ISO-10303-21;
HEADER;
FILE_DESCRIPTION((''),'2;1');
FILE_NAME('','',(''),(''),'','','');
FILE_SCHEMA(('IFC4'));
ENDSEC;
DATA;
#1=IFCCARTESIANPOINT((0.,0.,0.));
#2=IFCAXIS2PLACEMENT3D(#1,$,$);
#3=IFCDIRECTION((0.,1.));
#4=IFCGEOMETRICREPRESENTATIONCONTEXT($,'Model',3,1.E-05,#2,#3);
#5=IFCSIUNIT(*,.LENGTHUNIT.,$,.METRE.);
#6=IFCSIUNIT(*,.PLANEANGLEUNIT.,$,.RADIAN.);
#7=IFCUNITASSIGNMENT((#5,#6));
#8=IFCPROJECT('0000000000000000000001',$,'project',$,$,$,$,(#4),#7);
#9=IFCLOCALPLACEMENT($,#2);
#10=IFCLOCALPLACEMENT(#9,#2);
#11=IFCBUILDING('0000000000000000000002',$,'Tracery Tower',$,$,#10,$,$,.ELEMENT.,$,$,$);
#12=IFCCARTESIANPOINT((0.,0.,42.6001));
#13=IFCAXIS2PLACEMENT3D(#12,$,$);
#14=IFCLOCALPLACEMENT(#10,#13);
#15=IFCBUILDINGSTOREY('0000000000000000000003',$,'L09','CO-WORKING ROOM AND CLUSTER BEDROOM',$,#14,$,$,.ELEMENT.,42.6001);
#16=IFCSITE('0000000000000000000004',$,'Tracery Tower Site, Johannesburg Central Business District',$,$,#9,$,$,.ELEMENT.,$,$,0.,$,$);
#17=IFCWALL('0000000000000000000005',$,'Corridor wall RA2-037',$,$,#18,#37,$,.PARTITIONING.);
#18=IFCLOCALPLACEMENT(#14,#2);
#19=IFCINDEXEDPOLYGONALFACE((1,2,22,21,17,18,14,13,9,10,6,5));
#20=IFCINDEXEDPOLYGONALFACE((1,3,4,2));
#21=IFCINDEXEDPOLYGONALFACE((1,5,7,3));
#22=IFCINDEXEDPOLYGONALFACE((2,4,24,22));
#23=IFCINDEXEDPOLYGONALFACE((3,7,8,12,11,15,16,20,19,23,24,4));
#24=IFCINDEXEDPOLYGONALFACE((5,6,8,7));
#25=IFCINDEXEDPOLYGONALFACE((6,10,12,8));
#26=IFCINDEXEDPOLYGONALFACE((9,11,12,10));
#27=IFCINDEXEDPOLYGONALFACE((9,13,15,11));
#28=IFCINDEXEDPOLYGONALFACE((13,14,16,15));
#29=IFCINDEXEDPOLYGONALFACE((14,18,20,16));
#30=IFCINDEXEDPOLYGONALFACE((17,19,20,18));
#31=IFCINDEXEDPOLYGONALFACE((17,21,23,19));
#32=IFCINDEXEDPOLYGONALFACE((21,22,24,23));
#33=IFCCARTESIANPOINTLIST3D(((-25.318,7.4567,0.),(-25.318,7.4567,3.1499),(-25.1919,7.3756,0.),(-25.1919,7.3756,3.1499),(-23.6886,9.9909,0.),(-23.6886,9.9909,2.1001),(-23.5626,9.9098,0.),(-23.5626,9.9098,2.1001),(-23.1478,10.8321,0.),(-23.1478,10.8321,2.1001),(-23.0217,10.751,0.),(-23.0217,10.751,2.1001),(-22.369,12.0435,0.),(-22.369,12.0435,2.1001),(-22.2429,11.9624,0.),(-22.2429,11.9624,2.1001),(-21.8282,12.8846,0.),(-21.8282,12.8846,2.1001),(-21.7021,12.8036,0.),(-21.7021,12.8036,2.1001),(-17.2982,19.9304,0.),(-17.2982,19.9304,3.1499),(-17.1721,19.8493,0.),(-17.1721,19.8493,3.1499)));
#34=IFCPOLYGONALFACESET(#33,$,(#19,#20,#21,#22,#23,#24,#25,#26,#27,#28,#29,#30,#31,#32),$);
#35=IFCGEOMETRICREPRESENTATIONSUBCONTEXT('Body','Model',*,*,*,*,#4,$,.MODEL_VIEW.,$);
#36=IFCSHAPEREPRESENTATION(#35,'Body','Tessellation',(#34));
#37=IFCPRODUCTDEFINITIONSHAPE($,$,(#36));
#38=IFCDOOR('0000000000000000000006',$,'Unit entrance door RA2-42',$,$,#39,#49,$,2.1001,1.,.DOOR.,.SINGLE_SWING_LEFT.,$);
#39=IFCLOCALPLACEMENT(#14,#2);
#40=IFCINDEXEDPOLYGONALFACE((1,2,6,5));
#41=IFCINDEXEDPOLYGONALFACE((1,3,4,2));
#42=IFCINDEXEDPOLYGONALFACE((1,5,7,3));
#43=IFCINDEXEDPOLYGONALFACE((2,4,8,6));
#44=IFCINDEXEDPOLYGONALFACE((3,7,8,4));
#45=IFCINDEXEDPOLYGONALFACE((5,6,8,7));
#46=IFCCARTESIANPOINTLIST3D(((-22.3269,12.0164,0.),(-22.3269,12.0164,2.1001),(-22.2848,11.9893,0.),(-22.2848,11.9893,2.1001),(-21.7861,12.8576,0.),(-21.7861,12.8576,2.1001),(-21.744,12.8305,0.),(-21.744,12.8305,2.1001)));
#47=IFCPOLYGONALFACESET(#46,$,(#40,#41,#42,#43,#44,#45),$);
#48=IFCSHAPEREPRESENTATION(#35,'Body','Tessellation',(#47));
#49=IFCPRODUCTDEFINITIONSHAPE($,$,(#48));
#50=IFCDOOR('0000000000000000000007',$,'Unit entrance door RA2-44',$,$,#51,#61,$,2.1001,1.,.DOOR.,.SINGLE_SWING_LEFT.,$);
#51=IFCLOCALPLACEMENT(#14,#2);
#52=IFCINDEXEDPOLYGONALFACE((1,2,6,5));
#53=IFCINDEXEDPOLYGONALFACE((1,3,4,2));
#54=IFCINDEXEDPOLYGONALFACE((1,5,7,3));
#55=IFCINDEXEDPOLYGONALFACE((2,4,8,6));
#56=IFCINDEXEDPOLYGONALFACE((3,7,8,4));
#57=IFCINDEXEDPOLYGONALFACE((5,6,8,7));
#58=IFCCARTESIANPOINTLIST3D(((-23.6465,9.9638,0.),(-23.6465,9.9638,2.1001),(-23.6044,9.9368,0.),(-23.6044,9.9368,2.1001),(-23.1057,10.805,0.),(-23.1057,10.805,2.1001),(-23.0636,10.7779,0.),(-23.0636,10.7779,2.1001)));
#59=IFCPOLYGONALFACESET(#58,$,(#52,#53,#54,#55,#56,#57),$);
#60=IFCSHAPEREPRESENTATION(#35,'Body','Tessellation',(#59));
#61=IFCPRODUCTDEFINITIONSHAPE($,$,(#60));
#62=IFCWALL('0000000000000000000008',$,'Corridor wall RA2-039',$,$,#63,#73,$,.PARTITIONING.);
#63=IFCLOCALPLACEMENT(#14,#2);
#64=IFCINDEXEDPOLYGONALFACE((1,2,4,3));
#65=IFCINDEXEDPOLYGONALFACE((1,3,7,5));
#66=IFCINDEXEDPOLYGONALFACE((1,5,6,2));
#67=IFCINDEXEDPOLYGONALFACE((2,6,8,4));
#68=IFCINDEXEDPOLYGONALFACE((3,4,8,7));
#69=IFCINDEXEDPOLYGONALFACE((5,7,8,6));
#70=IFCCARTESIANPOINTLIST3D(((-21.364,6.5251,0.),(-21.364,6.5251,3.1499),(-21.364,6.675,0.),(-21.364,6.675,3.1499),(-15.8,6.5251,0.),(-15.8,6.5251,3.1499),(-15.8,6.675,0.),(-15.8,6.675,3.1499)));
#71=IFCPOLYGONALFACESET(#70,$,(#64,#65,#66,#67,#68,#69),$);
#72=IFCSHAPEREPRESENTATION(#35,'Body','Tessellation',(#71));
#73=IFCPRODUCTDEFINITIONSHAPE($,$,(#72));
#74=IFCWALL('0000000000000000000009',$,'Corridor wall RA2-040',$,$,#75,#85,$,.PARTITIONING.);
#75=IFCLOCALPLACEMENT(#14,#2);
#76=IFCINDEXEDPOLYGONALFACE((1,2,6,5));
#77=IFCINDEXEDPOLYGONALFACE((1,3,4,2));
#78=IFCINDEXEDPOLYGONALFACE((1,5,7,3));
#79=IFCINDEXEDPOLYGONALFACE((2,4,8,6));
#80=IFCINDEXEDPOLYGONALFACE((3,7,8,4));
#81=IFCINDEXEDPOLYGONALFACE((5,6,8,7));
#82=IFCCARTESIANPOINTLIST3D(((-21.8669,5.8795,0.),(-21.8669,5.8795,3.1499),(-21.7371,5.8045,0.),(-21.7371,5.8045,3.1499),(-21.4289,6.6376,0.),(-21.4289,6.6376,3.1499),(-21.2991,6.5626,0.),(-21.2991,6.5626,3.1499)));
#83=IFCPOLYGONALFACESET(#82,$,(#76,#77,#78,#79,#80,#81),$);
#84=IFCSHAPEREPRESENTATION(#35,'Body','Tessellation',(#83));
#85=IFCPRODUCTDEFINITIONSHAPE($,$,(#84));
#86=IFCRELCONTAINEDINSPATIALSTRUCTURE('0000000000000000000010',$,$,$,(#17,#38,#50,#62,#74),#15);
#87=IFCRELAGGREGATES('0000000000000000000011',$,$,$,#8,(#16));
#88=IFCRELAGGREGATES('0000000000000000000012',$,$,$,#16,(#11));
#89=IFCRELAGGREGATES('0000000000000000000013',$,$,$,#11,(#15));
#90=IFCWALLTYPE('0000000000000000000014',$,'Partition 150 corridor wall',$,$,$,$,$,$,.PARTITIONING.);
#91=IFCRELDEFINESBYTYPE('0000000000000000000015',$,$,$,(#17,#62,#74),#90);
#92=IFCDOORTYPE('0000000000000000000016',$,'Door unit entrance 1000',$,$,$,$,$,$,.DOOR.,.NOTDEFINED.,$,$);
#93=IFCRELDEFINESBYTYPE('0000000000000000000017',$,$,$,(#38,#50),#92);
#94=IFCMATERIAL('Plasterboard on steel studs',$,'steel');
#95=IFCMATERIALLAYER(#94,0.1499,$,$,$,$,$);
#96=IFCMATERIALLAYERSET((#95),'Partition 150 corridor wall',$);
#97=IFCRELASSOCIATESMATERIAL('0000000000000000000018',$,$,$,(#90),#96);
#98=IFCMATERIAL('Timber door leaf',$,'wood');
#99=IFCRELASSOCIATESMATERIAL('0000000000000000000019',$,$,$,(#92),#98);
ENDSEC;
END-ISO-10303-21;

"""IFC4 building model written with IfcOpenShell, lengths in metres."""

from ifc_helpers import new_model, si_unit, direction, frame, frame_2d, origin, place, context, subcontext, project, spatial, rectangle, extrude, material, layer, layer_set, type_object, element, fill, save


model = new_model("IFC4")

# Units and contexts
model_context = context("Model", 3, precision=1e-05, world=origin(), true_north=direction((0.0, 1.0)))
body_context = subcontext(model_context, "Body", "Model", "MODEL_VIEW")
ifc_project = project(units=[si_unit("LENGTHUNIT", "METRE"), si_unit("PLANEANGLEUNIT", "RADIAN")], contexts=[model_context])

# Site, building, storey
site_placement = place(None, origin())
site = spatial("IfcSite", under=ifc_project, at=site_placement, Name="Tracery Tower Site, Johannesburg Central Business District", CompositionType="ELEMENT", RefElevation=0.0)
building_placement = place(site_placement, origin())
building = spatial("IfcBuilding", under=site, at=building_placement, Name="Tracery Tower", CompositionType="ELEMENT")
storey_placement = place(building_placement, frame((0.0, 0.0, 42.6001)))
storey = spatial("IfcBuildingStorey", under=building, at=storey_placement, Name="L09", Description="CO-WORKING ROOM AND CLUSTER BEDROOM", CompositionType="ELEMENT", Elevation=42.6001)

# Shared definitions
ifc_material_1 = material(Name="Plasterboard on steel studs", Category="steel")
ifc_layer_1 = layer(ifc_material_1, 0.1499)
ifc_layer_set_1 = layer_set([ifc_layer_1], Name="Partition 150 corridor wall")
wall_type_1 = type_object("IfcWallType", Name="Partition 150 corridor wall", PredefinedType="PARTITIONING", material=ifc_layer_set_1)

# Wall, openings, doors
wall_1_placement = place(storey_placement, frame((-25.2549, 7.4163, 0.0), z_axis=(0.0, 0.0, 1.0), x_axis=(0.540806, 0.841147, 0.0)))
wall_1 = element("IfcWall", 1, at=wall_1_placement, inside=storey, type_object=wall_type_1, Name="Corridor wall RA2-037", PredefinedType="PARTITIONING", context=body_context, shape_type="SweptSolid", body=[
    extrude(rectangle(XDim=14.8293, YDim=0.1499, at=frame_2d((7.4146, 0.0))), origin(), (0.0, 0.0, 1.0), 3.1499),
])
opening_1_placement = place(wall_1_placement, frame((5.4529, 0.0, 0.0)))
opening_1 = element("IfcOpeningElement", 2, at=opening_1_placement, cuts=wall_1, PredefinedType="OPENING", context=body_context, shape_type="SweptSolid", body=[
    extrude(rectangle(XDim=1.0, YDim=2.1001, at=frame_2d((0.5, 1.05))), frame((0.0, 0.075, 0.0), z_axis=(0.0, -1.0, 0.0), x_axis=(1.0, 0.0, 0.0)), (0.0, 0.0, 1.0), 0.1499),
])
opening_2_placement = place(wall_1_placement, frame((3.0127, 0.0, 0.0)))
opening_2 = element("IfcOpeningElement", 3, at=opening_2_placement, cuts=wall_1, PredefinedType="OPENING", context=body_context, shape_type="SweptSolid", body=[
    extrude(rectangle(XDim=1.0, YDim=2.1001, at=frame_2d((0.5, 1.05))), frame((0.0, 0.075, 0.0), z_axis=(0.0, -1.0, 0.0), x_axis=(1.0, 0.0, 0.0)), (0.0, 0.0, 1.0), 0.1499),
])
ifc_material_2 = material(Name="Timber door leaf", Category="wood")
door_type_1 = type_object("IfcDoorType", Name="Door unit entrance 1000", OperationType="NOTDEFINED", PredefinedType="DOOR", material=ifc_material_2)
door_1_placement = place(opening_1_placement, origin())
door_1 = element("IfcDoor", 4, at=door_1_placement, inside=storey, type_object=door_type_1, Name="Unit entrance door RA2-42", OperationType="SINGLE_SWING_LEFT", OverallHeight=2.1001, OverallWidth=1.0, PredefinedType="DOOR", context=body_context, shape_type="SweptSolid", body=[
    extrude(rectangle(XDim=1.0, YDim=2.1001, at=frame_2d((0.5, 1.05))), frame((0.0, 0.0249, 0.0), z_axis=(0.0, -1.0, 0.0), x_axis=(1.0, 0.0, 0.0)), (0.0, 0.0, 1.0), 0.05),
])
fill(opening_1, door_1)
door_2_placement = place(opening_2_placement, origin())
door_2 = element("IfcDoor", 5, at=door_2_placement, inside=storey, type_object=door_type_1, Name="Unit entrance door RA2-44", OperationType="SINGLE_SWING_LEFT", OverallHeight=2.1001, OverallWidth=1.0, PredefinedType="DOOR", context=body_context, shape_type="SweptSolid", body=[
    extrude(rectangle(XDim=1.0, YDim=2.1001, at=frame_2d((0.5, 1.05))), frame((0.0, 0.0249, 0.0), z_axis=(0.0, -1.0, 0.0), x_axis=(1.0, 0.0, 0.0)), (0.0, 0.0, 1.0), 0.05),
])
fill(opening_2, door_2)

# Walls
wall_2_placement = place(storey_placement, frame((-21.364, 6.6001, 0.0), z_axis=(0.0, 0.0, 1.0), x_axis=(1.0, 0.0, 0.0)))
element("IfcWall", 6, at=wall_2_placement, inside=storey, type_object=wall_type_1, Name="Corridor wall RA2-039", PredefinedType="PARTITIONING", context=body_context, shape_type="SweptSolid", body=[
    extrude(rectangle(XDim=5.564, YDim=0.1499, at=frame_2d((2.782, 0.0))), origin(), (0.0, 0.0, 1.0), 3.1499),
])
wall_3_placement = place(storey_placement, frame((-21.802, 5.842, 0.0), z_axis=(0.0, 0.0, 1.0), x_axis=(0.500278, 0.865865, 0.0)))
element("IfcWall", 7, at=wall_3_placement, inside=storey, type_object=wall_type_1, Name="Corridor wall RA2-040", PredefinedType="PARTITIONING", context=body_context, shape_type="SweptSolid", body=[
    extrude(rectangle(XDim=0.8755, YDim=0.1499, at=frame_2d((0.4377, 0.0))), origin(), (0.0, 0.0, 1.0), 3.1499),
])

save(model, "model.ifc")
